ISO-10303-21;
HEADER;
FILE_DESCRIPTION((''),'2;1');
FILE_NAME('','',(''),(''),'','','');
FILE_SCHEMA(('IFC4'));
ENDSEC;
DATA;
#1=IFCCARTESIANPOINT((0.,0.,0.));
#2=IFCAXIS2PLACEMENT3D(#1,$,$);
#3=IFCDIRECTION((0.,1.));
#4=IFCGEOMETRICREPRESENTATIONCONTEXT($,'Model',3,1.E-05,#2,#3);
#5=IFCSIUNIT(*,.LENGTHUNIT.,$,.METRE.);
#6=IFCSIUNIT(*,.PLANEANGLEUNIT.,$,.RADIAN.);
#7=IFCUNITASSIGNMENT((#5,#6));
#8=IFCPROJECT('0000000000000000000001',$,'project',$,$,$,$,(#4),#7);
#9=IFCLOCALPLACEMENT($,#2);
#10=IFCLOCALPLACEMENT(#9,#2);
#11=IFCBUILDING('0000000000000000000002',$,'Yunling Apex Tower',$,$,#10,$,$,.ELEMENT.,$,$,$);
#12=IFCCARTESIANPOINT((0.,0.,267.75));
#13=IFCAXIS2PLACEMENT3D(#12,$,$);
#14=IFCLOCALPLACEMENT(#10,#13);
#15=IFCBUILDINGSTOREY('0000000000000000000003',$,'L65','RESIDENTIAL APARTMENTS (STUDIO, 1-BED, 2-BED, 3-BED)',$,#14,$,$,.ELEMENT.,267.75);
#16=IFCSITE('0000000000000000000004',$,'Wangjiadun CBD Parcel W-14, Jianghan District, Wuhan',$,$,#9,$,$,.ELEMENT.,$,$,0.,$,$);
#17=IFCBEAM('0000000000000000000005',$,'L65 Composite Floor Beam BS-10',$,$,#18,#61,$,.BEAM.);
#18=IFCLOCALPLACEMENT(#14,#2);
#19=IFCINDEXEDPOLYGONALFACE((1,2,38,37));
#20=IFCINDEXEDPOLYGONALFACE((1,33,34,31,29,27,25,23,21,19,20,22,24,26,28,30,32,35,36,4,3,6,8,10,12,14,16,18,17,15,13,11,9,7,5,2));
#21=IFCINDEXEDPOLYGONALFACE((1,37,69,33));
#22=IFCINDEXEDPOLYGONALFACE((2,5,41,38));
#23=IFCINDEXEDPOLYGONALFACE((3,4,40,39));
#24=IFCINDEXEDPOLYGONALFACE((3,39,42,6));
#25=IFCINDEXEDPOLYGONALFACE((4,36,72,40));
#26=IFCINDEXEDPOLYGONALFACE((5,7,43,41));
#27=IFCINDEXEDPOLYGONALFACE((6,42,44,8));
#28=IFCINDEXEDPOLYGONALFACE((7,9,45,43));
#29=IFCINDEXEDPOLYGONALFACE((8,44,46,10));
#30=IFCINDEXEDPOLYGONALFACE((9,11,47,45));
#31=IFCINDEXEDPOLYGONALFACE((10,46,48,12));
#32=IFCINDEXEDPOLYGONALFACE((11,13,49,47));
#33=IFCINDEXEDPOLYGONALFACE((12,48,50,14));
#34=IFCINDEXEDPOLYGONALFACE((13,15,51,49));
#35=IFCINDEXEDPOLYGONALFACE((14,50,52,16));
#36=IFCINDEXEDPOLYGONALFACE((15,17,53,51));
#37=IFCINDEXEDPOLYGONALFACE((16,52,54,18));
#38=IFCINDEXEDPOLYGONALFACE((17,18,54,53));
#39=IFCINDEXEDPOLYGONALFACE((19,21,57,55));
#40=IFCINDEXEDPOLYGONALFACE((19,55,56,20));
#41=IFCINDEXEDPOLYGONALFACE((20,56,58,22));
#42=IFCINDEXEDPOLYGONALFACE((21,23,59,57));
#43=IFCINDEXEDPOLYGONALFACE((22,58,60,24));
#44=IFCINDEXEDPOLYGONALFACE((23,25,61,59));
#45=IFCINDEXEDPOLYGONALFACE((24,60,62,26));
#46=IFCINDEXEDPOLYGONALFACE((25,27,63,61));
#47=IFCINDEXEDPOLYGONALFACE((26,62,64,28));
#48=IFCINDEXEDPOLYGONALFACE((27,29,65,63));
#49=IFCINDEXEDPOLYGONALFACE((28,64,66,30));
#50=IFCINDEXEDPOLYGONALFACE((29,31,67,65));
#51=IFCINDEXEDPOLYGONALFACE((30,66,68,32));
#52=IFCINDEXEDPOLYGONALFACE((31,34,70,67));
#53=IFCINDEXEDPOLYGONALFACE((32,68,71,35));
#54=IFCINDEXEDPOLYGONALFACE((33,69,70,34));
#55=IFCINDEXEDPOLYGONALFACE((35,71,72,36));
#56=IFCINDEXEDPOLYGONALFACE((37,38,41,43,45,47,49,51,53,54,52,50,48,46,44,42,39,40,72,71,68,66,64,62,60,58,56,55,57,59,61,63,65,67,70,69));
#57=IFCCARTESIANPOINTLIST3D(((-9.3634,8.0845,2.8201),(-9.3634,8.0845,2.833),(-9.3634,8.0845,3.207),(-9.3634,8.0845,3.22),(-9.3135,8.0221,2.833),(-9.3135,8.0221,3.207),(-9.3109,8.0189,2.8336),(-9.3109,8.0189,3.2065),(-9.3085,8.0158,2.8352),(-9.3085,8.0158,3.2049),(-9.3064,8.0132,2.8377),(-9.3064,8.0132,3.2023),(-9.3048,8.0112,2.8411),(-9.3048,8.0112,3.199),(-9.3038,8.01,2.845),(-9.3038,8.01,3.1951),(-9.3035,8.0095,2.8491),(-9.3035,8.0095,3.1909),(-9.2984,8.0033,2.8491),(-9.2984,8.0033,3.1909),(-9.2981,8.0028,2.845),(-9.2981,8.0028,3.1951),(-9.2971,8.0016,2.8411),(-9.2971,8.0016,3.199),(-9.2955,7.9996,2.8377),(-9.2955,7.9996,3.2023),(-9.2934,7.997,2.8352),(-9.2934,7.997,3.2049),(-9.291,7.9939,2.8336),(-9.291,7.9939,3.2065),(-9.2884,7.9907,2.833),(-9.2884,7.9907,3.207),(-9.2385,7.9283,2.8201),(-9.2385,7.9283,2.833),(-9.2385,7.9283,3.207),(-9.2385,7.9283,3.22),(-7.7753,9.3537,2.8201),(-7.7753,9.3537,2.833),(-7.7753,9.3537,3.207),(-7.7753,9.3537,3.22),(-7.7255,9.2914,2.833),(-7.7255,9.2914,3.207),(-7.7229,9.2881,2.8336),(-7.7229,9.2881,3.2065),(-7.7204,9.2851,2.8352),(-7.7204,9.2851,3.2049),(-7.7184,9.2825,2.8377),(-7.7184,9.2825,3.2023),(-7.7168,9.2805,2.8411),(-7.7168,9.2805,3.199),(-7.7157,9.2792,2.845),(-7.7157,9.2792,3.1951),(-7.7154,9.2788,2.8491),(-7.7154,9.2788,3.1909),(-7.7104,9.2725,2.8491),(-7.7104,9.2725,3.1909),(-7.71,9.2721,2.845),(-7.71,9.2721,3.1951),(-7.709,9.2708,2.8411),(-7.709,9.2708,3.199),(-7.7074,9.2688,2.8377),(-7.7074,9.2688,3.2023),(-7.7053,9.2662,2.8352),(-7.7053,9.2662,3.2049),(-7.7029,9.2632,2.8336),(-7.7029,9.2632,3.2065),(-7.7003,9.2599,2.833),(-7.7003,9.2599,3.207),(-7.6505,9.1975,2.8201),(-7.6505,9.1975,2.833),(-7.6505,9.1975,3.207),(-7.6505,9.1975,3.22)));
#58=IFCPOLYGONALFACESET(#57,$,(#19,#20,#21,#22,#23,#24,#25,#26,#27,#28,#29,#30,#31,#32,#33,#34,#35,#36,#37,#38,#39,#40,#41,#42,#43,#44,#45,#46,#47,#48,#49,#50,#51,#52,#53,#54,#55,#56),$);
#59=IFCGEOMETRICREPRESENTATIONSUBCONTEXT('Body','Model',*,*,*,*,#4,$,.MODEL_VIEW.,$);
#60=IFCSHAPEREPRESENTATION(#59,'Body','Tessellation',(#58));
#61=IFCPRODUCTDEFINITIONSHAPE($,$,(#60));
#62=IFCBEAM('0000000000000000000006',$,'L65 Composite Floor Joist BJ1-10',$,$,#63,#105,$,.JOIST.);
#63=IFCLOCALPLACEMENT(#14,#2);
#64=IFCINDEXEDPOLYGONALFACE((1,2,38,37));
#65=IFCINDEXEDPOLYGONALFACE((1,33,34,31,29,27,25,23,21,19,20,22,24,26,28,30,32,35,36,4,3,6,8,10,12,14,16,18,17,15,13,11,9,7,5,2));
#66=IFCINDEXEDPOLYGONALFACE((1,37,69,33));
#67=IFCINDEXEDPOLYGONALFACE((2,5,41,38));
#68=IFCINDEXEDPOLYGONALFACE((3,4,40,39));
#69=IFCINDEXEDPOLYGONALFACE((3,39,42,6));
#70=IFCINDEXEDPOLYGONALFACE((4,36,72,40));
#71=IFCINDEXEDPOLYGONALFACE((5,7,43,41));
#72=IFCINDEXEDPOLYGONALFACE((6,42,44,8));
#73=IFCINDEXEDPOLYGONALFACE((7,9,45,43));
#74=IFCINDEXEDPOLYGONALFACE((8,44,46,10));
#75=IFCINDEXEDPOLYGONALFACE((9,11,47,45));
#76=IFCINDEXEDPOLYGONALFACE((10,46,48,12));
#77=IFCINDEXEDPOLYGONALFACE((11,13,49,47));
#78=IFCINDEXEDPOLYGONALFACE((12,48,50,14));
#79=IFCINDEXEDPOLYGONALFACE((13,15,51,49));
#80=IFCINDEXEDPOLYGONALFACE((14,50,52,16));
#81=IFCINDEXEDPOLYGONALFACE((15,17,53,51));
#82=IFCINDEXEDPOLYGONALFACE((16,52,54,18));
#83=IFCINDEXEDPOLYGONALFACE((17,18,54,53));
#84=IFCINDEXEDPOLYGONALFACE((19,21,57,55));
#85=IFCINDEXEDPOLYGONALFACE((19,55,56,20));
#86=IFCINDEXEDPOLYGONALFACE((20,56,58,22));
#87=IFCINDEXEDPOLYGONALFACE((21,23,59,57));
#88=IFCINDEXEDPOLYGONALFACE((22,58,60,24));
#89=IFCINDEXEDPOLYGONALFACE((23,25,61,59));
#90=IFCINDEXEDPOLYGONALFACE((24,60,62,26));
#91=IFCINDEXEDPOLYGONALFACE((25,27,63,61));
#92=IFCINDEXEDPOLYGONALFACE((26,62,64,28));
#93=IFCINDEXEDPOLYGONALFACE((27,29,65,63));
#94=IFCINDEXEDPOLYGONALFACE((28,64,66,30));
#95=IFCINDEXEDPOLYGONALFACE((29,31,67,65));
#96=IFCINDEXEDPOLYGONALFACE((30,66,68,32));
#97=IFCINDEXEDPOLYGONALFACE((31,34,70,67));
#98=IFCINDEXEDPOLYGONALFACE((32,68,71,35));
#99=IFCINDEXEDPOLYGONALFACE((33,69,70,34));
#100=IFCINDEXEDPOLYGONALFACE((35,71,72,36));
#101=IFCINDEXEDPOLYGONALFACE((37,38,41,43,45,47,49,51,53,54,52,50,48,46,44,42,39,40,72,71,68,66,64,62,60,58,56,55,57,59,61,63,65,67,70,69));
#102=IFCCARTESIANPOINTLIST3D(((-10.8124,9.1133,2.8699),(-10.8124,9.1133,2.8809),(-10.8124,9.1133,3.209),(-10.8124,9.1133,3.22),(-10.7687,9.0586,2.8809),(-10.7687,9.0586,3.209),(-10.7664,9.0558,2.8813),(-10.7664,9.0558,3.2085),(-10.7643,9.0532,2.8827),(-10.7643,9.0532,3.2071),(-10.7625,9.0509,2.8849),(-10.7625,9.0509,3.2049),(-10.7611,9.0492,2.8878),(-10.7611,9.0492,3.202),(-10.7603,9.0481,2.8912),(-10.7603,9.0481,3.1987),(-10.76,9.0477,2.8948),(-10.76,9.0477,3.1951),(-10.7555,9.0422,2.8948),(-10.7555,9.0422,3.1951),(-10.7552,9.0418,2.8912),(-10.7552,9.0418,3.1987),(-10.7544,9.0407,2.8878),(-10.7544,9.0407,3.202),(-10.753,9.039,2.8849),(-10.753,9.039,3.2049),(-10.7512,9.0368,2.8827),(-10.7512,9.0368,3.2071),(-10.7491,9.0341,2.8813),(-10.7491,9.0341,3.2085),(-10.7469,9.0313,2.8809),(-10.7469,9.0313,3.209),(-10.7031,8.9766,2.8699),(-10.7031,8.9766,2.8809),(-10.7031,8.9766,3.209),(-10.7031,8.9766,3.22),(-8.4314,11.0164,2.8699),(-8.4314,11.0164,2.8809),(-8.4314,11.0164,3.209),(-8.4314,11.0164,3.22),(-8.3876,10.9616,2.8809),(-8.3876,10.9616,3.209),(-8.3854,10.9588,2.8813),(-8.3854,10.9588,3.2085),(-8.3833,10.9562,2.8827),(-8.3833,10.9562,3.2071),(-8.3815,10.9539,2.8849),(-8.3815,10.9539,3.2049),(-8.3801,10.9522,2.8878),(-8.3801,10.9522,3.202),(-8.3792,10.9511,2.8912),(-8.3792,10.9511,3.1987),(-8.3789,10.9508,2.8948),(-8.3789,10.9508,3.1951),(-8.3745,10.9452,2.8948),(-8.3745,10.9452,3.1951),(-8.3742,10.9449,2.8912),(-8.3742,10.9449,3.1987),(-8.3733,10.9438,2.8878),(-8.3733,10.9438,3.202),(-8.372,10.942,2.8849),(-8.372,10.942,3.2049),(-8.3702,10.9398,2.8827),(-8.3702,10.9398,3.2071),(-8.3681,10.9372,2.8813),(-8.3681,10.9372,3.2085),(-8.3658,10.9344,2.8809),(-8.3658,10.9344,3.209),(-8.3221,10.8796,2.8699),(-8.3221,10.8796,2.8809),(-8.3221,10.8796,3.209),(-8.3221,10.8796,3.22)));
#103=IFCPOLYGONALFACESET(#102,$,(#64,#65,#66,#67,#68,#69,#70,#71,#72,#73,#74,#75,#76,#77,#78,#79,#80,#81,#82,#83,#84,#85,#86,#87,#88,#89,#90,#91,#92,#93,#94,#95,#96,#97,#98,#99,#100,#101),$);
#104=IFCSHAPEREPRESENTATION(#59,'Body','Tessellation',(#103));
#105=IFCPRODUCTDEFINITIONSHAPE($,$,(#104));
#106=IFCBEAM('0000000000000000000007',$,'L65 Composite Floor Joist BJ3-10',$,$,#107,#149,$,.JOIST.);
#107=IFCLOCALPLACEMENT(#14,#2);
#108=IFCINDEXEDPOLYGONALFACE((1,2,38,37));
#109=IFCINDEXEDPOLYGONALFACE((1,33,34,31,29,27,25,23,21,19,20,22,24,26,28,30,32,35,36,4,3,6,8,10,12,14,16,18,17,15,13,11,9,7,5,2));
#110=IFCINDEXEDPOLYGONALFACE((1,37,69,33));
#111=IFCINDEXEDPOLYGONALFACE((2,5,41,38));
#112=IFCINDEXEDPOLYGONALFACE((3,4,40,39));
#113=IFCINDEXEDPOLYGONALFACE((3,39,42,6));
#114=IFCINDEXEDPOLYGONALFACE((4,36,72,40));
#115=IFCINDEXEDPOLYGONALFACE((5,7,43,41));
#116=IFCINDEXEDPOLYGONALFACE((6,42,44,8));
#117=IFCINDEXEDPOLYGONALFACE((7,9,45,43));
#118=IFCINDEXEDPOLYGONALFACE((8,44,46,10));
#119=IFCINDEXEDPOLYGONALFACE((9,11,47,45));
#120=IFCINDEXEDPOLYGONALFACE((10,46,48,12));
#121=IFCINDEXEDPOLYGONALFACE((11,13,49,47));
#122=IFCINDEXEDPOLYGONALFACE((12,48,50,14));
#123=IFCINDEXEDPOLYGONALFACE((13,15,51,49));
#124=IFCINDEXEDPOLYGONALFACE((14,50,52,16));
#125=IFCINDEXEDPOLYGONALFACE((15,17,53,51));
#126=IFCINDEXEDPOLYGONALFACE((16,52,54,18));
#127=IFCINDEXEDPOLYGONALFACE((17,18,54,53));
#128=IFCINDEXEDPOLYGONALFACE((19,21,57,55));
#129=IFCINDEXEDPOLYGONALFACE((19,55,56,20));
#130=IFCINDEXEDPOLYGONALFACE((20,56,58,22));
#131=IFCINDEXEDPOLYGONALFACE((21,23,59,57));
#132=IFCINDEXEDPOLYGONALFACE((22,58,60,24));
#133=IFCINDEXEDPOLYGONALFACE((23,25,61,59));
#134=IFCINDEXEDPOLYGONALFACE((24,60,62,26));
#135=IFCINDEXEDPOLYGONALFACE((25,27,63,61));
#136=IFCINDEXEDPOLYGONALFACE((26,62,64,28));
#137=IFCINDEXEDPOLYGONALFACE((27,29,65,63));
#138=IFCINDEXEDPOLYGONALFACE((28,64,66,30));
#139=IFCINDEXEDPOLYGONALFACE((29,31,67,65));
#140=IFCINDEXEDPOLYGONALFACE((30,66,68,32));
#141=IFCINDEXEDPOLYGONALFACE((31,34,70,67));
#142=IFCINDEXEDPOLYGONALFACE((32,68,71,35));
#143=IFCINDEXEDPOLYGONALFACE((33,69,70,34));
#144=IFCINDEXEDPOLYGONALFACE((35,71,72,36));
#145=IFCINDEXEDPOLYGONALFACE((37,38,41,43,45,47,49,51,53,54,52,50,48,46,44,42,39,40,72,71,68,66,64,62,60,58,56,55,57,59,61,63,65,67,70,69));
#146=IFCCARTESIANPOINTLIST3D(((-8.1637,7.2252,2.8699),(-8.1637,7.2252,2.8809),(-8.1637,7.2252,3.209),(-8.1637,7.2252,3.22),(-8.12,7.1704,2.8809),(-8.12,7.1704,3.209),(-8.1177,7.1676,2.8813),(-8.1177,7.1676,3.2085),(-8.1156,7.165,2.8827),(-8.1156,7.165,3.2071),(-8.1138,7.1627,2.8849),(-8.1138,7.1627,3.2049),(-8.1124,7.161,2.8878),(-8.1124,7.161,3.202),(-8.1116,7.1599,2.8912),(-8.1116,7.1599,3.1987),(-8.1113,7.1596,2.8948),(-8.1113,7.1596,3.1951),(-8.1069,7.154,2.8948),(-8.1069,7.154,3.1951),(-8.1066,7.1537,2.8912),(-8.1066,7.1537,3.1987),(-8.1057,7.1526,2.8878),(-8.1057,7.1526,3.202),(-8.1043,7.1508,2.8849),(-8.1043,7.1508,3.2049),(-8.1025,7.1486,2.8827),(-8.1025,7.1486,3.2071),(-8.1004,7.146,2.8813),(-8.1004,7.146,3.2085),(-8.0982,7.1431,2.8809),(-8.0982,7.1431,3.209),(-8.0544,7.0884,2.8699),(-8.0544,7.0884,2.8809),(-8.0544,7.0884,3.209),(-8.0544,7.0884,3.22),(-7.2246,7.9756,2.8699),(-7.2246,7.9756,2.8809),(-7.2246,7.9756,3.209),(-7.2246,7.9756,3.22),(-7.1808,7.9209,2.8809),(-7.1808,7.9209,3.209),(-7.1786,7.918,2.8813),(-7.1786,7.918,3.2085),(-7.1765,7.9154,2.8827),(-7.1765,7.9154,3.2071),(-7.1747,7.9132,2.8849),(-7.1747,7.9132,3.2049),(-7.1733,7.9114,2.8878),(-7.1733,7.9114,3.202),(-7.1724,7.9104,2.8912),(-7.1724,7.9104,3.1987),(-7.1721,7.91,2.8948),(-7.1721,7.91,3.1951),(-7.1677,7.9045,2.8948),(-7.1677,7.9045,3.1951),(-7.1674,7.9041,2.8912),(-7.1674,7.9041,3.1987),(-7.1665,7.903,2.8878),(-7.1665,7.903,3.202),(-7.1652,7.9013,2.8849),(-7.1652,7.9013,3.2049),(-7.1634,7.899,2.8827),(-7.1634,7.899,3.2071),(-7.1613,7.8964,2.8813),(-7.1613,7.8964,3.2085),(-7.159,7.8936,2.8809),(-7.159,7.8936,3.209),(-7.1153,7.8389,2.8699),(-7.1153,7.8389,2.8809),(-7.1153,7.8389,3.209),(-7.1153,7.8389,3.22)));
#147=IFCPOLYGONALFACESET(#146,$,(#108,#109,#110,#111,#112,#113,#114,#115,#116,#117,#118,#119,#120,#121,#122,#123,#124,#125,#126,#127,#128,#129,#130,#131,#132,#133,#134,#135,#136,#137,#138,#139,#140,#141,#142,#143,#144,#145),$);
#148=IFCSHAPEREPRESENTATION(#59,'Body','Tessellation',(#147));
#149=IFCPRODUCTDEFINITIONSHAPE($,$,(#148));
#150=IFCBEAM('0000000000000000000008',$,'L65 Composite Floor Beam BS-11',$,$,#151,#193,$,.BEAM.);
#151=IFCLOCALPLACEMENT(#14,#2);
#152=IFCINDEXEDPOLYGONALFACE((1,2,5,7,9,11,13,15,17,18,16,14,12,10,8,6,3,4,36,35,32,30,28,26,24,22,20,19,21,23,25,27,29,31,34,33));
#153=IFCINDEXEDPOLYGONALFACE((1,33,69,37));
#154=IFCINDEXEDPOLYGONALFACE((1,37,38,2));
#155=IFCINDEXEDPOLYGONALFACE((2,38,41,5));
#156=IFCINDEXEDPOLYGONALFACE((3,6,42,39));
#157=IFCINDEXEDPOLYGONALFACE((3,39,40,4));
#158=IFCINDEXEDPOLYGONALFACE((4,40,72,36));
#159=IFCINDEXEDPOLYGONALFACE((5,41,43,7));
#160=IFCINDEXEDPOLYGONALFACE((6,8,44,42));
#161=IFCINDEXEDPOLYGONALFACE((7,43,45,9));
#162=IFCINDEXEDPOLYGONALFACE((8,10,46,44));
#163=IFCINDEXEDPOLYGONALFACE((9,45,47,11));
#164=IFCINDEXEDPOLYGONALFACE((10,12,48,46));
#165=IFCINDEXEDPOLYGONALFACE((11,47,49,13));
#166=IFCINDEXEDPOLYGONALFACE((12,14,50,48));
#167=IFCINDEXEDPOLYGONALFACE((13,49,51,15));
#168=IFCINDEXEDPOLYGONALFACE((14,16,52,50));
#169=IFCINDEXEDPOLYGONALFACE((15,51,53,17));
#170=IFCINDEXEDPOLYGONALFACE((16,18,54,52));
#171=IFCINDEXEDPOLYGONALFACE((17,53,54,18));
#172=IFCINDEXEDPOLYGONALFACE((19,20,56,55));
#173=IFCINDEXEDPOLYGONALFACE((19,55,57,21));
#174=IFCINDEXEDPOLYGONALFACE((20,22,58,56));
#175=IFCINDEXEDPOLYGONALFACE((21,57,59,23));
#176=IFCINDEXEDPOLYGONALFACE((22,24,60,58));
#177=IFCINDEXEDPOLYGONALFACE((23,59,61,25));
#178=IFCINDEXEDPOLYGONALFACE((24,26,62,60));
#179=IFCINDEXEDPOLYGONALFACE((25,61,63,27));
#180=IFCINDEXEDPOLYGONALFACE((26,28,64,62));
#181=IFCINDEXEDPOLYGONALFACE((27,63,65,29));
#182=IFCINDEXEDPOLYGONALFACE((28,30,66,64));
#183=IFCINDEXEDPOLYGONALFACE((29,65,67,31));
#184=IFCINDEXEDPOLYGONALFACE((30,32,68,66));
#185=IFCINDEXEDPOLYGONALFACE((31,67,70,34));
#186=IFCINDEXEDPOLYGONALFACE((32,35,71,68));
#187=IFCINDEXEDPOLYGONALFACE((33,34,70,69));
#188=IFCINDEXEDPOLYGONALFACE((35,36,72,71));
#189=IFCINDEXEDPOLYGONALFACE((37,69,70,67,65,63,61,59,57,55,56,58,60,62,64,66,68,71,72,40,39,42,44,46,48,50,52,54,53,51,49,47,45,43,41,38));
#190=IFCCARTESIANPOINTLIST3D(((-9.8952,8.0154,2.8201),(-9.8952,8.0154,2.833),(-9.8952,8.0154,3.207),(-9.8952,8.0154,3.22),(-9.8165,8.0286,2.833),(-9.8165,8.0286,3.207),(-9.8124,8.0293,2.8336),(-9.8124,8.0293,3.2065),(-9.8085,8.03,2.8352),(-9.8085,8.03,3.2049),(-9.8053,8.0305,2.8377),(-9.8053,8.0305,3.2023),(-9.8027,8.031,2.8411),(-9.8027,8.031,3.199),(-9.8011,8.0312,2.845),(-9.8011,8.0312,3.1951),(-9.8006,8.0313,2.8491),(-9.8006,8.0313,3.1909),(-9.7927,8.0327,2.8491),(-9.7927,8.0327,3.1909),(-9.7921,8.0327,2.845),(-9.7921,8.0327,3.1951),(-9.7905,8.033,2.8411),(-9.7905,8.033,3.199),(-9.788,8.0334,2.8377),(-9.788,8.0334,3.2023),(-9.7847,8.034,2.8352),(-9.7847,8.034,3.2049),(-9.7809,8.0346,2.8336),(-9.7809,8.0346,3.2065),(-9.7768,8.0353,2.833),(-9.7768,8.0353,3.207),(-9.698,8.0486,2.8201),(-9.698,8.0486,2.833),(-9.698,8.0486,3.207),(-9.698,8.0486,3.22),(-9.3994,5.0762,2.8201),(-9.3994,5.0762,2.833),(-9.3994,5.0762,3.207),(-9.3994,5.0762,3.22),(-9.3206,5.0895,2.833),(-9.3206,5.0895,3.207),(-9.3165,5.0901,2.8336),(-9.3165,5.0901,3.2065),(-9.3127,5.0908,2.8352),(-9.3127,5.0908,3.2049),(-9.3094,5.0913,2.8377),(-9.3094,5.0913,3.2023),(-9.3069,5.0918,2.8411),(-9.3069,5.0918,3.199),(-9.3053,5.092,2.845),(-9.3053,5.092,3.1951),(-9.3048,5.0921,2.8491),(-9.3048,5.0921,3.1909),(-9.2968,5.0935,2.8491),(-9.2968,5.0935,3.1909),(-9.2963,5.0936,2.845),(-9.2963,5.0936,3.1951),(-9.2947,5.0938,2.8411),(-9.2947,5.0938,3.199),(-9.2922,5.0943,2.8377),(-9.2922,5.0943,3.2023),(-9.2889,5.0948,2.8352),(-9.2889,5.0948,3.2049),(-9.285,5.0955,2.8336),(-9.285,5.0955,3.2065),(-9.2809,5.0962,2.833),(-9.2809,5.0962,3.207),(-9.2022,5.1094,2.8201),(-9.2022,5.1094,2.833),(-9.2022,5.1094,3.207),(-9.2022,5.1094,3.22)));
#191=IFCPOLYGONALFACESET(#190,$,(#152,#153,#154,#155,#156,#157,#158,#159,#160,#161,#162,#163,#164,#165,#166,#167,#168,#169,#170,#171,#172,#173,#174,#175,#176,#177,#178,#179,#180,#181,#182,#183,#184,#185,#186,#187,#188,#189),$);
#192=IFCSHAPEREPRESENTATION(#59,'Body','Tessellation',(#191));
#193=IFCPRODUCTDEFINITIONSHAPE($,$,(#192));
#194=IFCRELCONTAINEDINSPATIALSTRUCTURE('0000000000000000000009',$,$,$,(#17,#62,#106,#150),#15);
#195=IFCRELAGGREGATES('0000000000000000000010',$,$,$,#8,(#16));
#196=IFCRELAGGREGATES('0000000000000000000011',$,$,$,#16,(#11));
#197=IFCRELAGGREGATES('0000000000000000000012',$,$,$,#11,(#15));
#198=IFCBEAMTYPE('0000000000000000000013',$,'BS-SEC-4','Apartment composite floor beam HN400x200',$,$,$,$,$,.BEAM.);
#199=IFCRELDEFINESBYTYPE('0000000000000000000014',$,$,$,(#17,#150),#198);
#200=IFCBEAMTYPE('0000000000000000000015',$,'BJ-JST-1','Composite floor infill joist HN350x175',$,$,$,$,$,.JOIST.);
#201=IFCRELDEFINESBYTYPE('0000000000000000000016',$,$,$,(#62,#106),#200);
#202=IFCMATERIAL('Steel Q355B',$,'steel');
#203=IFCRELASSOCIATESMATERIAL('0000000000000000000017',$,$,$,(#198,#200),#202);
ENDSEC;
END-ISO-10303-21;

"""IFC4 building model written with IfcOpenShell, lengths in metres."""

from ifc_helpers import new_model, si_unit, direction, frame, origin, origin_2d, place, context, subcontext, project, spatial, i_section, extrude, source, transform, mapped, material, material_profile, profile_set, type_object, element, save


model = new_model("IFC4")

# Units and contexts
model_context = context("Model", 3, precision=1e-05, world=origin(), true_north=direction((0.0, 1.0)))
body_context = subcontext(model_context, "Body", "Model", "MODEL_VIEW")
ifc_project = project(units=[si_unit("LENGTHUNIT", "METRE"), si_unit("PLANEANGLEUNIT", "RADIAN")], contexts=[model_context])

# Site, building, storey
site_placement = place(None, origin())
site = spatial("IfcSite", under=ifc_project, at=site_placement, Name="Wangjiadun CBD Parcel W-14, Jianghan District, Wuhan", CompositionType="ELEMENT", RefElevation=0.0)
building_placement = place(site_placement, origin())
building = spatial("IfcBuilding", under=site, at=building_placement, Name="Yunling Apex Tower", CompositionType="ELEMENT")
storey_placement = place(building_placement, frame((0.0, 0.0, 267.75)))
storey = spatial("IfcBuildingStorey", under=building, at=storey_placement, Name="L65", Description="RESIDENTIAL APARTMENTS (STUDIO, 1-BED, 2-BED, 3-BED)", CompositionType="ELEMENT", Elevation=267.75)

# Shared definitions
ifc_material_1 = material(Name="Steel Q355B", Category="steel")

# Beams
ifc_material_profile_1 = material_profile(ifc_material_1, i_section(OverallWidth=0.2, OverallDepth=0.3999, WebThickness=0.0081, FlangeThickness=0.0129, FilletRadius=0.0161, at=origin_2d()))
ifc_profile_set_1 = profile_set([ifc_material_profile_1], Name="Steel Q355B")
beam_type_1 = type_object("IfcBeamType", Name="BS-SEC-4", Description="Apartment composite floor beam HN400x200", PredefinedType="BEAM", material=ifc_profile_set_1)
ifc_material_profile_2 = material_profile(ifc_material_1, i_section(OverallWidth=0.175, OverallDepth=0.3501, WebThickness=0.0071, FlangeThickness=0.011, FilletRadius=0.0139, at=origin_2d()))
ifc_profile_set_2 = profile_set([ifc_material_profile_2], Name="Steel Q355B")
beam_type_2 = type_object("IfcBeamType", Name="BJ-JST-1", Description="Composite floor infill joist HN350x175", PredefinedType="JOIST", material=ifc_profile_set_2)
shared_shape_1 = source(origin(), body_context, "Body", "SweptSolid", [
    extrude(i_section(OverallWidth=0.2, OverallDepth=0.3999, WebThickness=0.0081, FlangeThickness=0.0129, FilletRadius=0.0161, at=origin_2d()), origin(), (0.0, 0.0, 1.0), 2.033),
])
beam_1_placement = place(storey_placement, frame((-7.7129, 9.2756, 3.02), z_axis=(-0.781162, -0.624329, 0.0), x_axis=(0.624329, -0.781162, 0.0)))
element("IfcBeam", 1, at=beam_1_placement, inside=storey, type_object=beam_type_1, Name="L65 Composite Floor Beam BS-10", PredefinedType="BEAM", context=body_context, shape_type="MappedRepresentation", body=[
    mapped(shared_shape_1, transform((0.0, 0.0, 0.0), scale=1.0)),
])
shared_shape_2 = source(origin(), body_context, "Body", "SweptSolid", [
    extrude(i_section(OverallWidth=0.175, OverallDepth=0.3501, WebThickness=0.0071, FlangeThickness=0.011, FilletRadius=0.0139, at=origin_2d()), origin(), (0.0, 0.0, 1.0), 3.0481),
])
beam_2_placement = place(storey_placement, frame((-8.3767, 10.948, 3.0449), z_axis=(-0.781158, -0.624334, 0.0), x_axis=(0.624334, -0.781158, 0.0)))
element("IfcBeam", 2, at=beam_2_placement, inside=storey, type_object=beam_type_2, Name="L65 Composite Floor Joist BJ1-10", PredefinedType="JOIST", context=body_context, shape_type="MappedRepresentation", body=[
    mapped(shared_shape_2, transform((0.0, 0.0, 0.0), scale=1.0)),
])
shared_shape_3 = source(origin(), body_context, "Body", "SweptSolid", [
    extrude(i_section(OverallWidth=0.175, OverallDepth=0.3501, WebThickness=0.0071, FlangeThickness=0.011, FilletRadius=0.0139, at=origin_2d()), origin(), (0.0, 0.0, 1.0), 1.2021),
])
beam_3_placement = place(storey_placement, frame((-7.1699, 7.9072, 3.0449), z_axis=(-0.781225, -0.624249, 0.0), x_axis=(0.624249, -0.781225, 0.0)))
element("IfcBeam", 3, at=beam_3_placement, inside=storey, type_object=beam_type_2, Name="L65 Composite Floor Joist BJ3-10", PredefinedType="JOIST", context=body_context, shape_type="MappedRepresentation", body=[
    mapped(shared_shape_3, transform((0.0, 0.0, 0.0), scale=1.0)),
])
shared_shape_4 = source(origin(), body_context, "Body", "SweptSolid", [
    extrude(i_section(OverallWidth=0.2, OverallDepth=0.3999, WebThickness=0.0081, FlangeThickness=0.0129, FilletRadius=0.0161, at=origin_2d()), origin(), (0.0, 0.0, 1.0), 2.9807),
])
beam_4_placement = place(storey_placement, frame((-9.7966, 8.032, 3.02), z_axis=(0.166351, -0.986067, 0.0), x_axis=(0.986067, 0.166351, 0.0)))
element("IfcBeam", 4, at=beam_4_placement, inside=storey, type_object=beam_type_1, Name="L65 Composite Floor Beam BS-11", PredefinedType="BEAM", context=body_context, shape_type="MappedRepresentation", body=[
    mapped(shared_shape_4, transform((0.0, 0.0, 0.0), scale=1.0)),
])

save(model, "model.ifc")
